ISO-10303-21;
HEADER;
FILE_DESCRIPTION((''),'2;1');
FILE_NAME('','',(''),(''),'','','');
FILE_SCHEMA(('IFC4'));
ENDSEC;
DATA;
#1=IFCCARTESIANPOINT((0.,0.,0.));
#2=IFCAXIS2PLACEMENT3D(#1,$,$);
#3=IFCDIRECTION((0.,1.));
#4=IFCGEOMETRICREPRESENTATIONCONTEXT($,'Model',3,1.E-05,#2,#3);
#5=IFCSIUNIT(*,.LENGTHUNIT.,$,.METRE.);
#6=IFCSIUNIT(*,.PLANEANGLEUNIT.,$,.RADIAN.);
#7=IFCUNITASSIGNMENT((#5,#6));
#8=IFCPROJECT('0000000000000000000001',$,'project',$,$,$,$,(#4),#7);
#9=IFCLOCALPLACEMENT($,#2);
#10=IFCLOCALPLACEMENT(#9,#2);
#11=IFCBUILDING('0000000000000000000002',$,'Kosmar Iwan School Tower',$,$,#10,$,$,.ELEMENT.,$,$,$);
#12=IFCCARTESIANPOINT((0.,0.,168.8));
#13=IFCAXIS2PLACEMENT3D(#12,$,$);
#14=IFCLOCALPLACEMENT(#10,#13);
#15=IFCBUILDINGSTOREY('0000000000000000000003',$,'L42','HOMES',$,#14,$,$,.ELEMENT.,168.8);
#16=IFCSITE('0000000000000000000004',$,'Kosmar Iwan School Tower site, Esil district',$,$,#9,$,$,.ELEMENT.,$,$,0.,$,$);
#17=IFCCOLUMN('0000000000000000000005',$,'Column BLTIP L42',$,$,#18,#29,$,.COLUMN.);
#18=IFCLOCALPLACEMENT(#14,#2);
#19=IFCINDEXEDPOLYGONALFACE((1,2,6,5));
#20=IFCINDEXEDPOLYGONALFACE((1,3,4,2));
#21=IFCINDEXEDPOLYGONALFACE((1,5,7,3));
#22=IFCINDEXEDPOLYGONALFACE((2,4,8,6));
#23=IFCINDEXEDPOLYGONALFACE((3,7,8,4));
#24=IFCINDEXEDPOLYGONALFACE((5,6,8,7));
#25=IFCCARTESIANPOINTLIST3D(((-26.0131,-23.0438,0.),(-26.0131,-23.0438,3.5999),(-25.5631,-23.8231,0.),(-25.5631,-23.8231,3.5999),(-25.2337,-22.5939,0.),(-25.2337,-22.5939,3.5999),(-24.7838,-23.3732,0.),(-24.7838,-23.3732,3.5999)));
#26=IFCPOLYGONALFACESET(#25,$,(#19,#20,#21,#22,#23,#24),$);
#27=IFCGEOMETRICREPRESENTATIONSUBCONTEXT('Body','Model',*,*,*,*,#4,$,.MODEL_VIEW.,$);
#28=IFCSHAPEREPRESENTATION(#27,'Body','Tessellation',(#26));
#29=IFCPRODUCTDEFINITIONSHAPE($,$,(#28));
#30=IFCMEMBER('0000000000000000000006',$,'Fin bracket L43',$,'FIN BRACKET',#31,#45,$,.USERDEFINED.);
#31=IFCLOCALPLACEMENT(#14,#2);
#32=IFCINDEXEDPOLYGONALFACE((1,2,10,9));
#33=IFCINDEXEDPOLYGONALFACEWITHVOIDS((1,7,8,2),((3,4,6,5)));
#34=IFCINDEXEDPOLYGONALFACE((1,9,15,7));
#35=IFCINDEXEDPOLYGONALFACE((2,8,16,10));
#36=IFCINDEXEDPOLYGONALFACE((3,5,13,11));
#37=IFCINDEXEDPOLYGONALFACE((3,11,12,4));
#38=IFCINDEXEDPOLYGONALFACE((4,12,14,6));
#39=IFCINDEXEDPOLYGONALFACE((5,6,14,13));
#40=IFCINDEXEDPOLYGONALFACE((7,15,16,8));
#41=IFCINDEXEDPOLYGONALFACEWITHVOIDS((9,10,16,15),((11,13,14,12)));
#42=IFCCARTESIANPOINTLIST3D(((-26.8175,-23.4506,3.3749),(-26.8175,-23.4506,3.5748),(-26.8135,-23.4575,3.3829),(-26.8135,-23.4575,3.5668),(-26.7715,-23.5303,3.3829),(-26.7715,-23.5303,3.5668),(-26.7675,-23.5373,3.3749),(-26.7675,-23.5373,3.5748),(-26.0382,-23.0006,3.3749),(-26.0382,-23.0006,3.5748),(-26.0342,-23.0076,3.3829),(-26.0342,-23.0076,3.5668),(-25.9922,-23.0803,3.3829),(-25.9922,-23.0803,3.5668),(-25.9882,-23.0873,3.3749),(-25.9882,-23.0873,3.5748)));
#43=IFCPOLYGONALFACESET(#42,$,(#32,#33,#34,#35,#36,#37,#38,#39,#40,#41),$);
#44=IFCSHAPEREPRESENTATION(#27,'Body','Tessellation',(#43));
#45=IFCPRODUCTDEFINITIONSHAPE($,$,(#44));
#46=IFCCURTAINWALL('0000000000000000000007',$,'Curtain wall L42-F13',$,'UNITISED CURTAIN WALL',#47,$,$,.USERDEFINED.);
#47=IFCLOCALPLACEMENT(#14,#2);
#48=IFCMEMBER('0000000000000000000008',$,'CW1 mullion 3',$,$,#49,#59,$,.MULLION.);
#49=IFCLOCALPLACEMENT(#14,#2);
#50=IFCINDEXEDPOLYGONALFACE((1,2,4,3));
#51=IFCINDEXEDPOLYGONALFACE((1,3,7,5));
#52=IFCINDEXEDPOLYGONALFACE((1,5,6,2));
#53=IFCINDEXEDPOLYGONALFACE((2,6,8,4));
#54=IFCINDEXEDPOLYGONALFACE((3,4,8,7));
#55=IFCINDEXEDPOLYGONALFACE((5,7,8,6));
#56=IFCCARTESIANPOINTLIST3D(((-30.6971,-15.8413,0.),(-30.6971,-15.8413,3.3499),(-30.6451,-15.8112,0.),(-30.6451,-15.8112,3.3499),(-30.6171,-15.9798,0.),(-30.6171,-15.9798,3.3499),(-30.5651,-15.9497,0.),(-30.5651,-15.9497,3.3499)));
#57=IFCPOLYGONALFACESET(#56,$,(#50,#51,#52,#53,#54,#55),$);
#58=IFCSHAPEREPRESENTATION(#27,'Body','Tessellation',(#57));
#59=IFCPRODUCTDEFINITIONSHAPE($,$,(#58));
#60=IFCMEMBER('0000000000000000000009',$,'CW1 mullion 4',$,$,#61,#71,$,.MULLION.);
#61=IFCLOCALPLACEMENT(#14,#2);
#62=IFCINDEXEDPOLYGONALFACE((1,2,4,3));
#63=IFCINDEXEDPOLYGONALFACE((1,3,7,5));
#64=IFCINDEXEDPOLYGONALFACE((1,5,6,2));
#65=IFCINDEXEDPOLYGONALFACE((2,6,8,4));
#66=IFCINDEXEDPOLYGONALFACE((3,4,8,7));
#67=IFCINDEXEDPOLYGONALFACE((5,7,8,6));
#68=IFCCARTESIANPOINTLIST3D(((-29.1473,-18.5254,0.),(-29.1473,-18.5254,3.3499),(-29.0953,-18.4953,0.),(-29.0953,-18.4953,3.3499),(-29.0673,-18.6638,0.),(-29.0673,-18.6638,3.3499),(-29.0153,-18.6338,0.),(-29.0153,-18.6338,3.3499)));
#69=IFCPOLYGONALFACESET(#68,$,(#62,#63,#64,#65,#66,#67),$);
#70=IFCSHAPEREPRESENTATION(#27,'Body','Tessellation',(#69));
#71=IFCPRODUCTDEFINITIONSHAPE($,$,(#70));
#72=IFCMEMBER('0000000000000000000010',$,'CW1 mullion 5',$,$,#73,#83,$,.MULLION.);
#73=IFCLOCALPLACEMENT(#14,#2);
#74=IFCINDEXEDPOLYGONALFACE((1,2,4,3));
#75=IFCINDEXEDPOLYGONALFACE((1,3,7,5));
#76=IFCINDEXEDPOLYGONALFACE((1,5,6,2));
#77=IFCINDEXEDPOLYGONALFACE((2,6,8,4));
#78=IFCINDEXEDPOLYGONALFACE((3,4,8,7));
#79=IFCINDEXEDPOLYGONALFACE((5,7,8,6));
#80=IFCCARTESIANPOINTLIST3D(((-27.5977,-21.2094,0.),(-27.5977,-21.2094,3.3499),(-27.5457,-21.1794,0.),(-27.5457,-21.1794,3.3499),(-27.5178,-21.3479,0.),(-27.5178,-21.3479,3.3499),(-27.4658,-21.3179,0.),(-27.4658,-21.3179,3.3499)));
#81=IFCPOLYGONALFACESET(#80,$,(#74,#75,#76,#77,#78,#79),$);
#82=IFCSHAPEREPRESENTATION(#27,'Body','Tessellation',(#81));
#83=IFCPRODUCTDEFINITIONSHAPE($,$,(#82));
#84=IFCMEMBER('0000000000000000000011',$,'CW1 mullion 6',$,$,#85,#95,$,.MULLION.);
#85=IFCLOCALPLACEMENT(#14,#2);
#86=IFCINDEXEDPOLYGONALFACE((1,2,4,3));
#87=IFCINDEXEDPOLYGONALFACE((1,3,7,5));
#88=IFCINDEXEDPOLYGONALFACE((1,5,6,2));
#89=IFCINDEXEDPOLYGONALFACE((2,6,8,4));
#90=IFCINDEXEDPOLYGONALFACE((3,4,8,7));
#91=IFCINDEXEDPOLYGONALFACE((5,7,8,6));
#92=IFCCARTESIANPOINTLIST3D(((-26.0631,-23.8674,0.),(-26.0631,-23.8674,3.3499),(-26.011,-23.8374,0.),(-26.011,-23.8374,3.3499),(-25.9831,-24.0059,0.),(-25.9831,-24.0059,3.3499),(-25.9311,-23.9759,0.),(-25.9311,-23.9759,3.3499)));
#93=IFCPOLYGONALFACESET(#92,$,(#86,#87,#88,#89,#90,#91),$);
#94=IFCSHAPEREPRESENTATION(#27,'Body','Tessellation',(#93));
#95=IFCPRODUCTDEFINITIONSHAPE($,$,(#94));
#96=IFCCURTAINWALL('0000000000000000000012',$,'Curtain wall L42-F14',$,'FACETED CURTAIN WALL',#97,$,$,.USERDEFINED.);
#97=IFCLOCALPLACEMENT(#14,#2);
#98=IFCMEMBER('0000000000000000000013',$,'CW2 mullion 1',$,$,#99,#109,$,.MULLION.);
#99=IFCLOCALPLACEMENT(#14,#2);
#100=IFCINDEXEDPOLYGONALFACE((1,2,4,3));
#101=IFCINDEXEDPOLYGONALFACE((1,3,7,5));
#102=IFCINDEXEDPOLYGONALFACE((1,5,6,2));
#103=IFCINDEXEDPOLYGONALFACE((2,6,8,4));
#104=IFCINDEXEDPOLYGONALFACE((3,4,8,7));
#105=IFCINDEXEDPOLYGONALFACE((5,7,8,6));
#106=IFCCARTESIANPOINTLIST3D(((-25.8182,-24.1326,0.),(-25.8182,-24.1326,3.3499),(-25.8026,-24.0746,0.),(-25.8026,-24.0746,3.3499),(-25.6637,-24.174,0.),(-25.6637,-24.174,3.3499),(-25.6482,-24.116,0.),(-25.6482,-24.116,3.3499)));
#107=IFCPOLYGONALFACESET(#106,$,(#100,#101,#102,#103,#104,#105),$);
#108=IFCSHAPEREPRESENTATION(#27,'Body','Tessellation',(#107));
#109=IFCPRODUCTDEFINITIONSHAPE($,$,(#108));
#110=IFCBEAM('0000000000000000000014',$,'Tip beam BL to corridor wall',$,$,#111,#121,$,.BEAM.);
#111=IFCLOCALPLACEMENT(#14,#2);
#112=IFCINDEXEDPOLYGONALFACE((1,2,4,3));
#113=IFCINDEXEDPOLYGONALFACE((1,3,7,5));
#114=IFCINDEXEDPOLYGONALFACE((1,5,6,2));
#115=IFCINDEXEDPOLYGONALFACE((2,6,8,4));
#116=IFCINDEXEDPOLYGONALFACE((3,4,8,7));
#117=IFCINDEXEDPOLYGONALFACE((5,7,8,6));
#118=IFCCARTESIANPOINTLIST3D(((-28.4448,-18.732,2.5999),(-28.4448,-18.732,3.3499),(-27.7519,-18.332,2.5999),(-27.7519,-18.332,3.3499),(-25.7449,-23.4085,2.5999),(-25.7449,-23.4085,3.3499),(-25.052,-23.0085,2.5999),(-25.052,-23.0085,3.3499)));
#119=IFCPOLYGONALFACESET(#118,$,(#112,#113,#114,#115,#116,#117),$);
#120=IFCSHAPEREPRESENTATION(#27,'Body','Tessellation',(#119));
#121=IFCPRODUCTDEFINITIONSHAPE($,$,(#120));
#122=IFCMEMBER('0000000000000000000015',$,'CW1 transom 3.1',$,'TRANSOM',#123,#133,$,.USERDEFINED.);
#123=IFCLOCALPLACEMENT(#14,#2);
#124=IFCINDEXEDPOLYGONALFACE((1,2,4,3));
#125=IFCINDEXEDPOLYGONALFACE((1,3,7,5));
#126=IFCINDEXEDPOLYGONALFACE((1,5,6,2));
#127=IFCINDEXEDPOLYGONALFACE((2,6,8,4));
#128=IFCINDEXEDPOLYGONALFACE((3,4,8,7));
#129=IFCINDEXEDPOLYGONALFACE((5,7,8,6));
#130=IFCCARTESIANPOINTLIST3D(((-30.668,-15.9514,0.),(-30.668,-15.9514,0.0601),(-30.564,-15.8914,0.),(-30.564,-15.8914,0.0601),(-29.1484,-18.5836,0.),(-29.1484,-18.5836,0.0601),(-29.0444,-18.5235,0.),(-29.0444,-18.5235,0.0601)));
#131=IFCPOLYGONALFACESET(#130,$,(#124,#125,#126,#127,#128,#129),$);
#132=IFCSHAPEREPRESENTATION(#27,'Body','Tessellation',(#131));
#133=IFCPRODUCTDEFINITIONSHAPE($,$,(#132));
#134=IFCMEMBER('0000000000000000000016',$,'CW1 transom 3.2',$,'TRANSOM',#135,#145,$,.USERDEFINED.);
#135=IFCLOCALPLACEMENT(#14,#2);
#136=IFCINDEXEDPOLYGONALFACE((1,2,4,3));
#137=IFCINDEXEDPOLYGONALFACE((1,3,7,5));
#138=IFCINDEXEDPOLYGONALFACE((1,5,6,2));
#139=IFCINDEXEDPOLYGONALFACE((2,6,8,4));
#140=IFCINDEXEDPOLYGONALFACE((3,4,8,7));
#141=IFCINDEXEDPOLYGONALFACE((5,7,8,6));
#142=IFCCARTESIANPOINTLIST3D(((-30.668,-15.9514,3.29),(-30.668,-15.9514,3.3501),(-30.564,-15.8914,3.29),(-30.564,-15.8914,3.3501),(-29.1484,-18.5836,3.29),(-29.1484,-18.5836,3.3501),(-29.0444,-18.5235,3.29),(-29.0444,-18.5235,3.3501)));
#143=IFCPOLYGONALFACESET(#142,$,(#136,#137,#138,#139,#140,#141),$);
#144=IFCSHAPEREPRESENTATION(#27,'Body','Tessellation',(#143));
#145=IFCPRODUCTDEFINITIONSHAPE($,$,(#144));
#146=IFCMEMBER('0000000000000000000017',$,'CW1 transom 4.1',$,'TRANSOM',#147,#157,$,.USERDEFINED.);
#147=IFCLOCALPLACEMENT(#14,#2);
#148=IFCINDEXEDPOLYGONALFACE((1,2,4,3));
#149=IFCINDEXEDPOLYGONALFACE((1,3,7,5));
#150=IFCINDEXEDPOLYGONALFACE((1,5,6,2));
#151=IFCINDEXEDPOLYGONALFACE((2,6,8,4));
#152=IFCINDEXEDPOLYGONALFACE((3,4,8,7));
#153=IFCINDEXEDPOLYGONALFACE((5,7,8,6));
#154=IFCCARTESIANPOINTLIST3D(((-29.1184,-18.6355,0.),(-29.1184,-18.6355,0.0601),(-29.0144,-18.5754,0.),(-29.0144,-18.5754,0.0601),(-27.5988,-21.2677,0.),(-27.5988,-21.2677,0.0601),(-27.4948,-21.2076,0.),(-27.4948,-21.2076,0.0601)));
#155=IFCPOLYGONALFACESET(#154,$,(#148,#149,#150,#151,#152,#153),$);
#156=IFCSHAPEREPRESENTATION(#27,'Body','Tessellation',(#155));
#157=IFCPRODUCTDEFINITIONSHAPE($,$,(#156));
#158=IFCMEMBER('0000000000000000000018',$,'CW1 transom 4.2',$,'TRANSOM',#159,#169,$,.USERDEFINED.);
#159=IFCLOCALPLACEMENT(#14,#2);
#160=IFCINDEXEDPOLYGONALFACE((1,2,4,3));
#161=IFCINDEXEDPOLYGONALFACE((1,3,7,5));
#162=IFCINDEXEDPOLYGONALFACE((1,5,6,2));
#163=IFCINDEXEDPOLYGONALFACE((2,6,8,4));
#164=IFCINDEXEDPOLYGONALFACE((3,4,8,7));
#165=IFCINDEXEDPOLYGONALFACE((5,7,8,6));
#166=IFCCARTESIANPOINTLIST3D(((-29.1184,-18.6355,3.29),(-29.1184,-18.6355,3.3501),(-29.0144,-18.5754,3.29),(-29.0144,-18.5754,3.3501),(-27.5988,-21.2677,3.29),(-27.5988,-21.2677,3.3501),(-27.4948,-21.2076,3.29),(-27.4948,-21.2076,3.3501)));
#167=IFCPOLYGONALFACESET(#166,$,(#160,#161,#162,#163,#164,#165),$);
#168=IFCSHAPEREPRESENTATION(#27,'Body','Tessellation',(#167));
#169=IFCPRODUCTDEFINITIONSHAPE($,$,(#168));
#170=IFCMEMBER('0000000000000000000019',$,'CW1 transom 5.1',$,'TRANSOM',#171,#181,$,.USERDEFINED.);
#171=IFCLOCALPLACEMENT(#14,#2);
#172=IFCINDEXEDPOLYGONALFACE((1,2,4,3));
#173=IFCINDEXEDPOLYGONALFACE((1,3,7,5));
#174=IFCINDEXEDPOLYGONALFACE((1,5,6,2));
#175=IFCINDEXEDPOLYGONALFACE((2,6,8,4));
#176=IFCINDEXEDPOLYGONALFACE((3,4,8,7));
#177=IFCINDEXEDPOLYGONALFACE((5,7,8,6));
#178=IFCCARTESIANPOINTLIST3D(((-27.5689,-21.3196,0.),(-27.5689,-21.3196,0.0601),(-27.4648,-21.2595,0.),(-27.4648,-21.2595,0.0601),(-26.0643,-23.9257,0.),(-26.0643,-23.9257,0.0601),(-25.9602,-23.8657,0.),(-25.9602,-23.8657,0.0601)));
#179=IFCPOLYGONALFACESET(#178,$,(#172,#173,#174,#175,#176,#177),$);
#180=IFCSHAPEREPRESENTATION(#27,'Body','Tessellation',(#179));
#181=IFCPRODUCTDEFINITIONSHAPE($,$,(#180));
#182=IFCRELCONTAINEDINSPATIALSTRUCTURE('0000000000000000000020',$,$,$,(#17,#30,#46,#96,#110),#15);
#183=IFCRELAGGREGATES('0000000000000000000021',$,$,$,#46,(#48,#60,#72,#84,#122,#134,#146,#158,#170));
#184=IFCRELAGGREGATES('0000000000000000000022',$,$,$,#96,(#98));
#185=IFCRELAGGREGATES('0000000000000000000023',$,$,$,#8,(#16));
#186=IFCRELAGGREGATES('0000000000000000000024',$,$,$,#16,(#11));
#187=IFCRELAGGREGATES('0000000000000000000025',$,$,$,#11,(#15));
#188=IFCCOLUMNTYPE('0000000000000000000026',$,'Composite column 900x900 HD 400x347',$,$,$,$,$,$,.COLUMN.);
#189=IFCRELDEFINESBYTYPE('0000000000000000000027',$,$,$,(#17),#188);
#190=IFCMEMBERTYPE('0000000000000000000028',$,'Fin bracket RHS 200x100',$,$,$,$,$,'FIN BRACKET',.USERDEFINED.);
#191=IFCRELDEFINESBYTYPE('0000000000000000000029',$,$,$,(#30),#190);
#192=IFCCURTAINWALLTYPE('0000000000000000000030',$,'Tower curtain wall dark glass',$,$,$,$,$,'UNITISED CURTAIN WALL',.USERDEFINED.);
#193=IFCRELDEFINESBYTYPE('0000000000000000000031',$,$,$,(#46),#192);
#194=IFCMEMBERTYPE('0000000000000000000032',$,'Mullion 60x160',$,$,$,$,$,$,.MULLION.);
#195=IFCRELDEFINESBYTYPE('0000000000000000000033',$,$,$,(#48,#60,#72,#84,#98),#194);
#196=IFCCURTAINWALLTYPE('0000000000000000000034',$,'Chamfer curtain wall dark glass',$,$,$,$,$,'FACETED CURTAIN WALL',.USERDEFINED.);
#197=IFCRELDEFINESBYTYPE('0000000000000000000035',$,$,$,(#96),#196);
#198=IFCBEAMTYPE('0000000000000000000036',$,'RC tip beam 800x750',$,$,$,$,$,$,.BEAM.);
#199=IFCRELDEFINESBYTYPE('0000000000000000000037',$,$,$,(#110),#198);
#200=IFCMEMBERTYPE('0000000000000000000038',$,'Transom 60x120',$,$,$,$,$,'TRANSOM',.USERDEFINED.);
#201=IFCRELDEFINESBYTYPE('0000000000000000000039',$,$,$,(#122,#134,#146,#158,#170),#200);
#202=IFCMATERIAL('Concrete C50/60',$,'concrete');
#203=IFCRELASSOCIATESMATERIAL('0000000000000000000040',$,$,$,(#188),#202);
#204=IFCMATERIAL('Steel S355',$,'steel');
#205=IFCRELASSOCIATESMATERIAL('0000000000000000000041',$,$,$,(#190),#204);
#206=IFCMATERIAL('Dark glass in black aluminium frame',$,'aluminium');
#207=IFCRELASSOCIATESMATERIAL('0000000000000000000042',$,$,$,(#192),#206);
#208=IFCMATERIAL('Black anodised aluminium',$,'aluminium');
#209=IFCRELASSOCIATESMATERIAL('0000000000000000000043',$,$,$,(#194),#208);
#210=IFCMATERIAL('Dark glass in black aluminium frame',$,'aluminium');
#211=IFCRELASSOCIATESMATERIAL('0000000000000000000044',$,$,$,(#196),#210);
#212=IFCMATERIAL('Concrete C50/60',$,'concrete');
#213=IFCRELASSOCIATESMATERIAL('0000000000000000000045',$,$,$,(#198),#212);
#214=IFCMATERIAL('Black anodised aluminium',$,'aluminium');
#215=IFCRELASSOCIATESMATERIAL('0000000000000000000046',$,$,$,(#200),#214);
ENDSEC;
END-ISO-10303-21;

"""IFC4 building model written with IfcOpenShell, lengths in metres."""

from ifc_helpers import new_model, si_unit, direction, frame, origin, origin_2d, place, context, subcontext, project, spatial, rectangle, hollow_rectangle, extrude, material, material_profile, profile_set, type_object, element, aggregate, save


model = new_model("IFC4")

# Units and contexts
model_context = context("Model", 3, precision=1e-05, world=origin(), true_north=direction((0.0, 1.0)))
body_context = subcontext(model_context, "Body", "Model", "MODEL_VIEW")
ifc_project = project(units=[si_unit("LENGTHUNIT", "METRE"), si_unit("PLANEANGLEUNIT", "RADIAN")], contexts=[model_context])

# Site, building, storey
site_placement = place(None, origin())
site = spatial("IfcSite", under=ifc_project, at=site_placement, Name="Kosmar Iwan School Tower site, Esil district", CompositionType="ELEMENT", RefElevation=0.0)
building_placement = place(site_placement, origin())
building = spatial("IfcBuilding", under=site, at=building_placement, Name="Kosmar Iwan School Tower", CompositionType="ELEMENT")
storey_placement = place(building_placement, frame((0.0, 0.0, 168.8)))
storey = spatial("IfcBuildingStorey", under=building, at=storey_placement, Name="L42", Description="HOMES", CompositionType="ELEMENT", Elevation=168.8)

# Column
ifc_material_1 = material(Name="Concrete C50/60", Category="concrete")
ifc_material_profile_1 = material_profile(ifc_material_1, rectangle(XDim=0.8999, YDim=0.8999, at=origin_2d()), Name="RC 900x900 + HD 400x347")
ifc_profile_set_1 = profile_set([ifc_material_profile_1], Name="Concrete C50/60")
column_type = type_object("IfcColumnType", Name="Composite column 900x900 HD 400x347", PredefinedType="COLUMN", material=ifc_profile_set_1)
column_placement = place(storey_placement, frame((-25.3984, -23.2085, 0.0), z_axis=(0.0, 0.0, 1.0), x_axis=(-0.866025, -0.5, 0.0)))
element("IfcColumn", 1, at=column_placement, inside=storey, type_object=column_type, Name="Column BLTIP L42", PredefinedType="COLUMN", context=body_context, shape_type="SweptSolid", body=[
    extrude(rectangle(XDim=0.8999, YDim=0.8999, at=origin_2d()), origin(), (0.0, 0.0, 1.0), 3.5999),
])

# Member
ifc_material_2 = material(Name="Steel S355", Category="steel")
ifc_material_profile_2 = material_profile(ifc_material_2, hollow_rectangle(XDim=0.1001, YDim=0.2, WallThickness=0.0081, at=origin_2d()), Name="RHS 200x100x8")
ifc_profile_set_2 = profile_set([ifc_material_profile_2], Name="Steel S355")
member_type_1 = type_object("IfcMemberType", Name="Fin bracket RHS 200x100", ElementType="FIN BRACKET", PredefinedType="USERDEFINED", material=ifc_profile_set_2)
member_1_placement = place(storey_placement, frame((-26.0132, -23.0439, 3.4749), z_axis=(-0.866014, -0.50002, 0.0), x_axis=(0.50002, -0.866014, 0.0)))
element("IfcMember", 2, at=member_1_placement, inside=storey, type_object=member_type_1, Name="Fin bracket L43", ObjectType="FIN BRACKET", PredefinedType="USERDEFINED", context=body_context, shape_type="SweptSolid", body=[
    extrude(hollow_rectangle(XDim=0.1001, YDim=0.2, WallThickness=0.0081, at=origin_2d()), origin(), (0.0, 0.0, 1.0), 0.8999),
])

# Curtain wall, members
ifc_material_3 = material(Name="Dark glass in black aluminium frame", Category="aluminium")
curtain_wall_type_1 = type_object("IfcCurtainWallType", Name="Tower curtain wall dark glass", ElementType="UNITISED CURTAIN WALL", PredefinedType="USERDEFINED", material=ifc_material_3)
curtain_wall_1_placement = place(storey_placement, origin())
curtain_wall_1 = element("IfcCurtainWall", 3, at=curtain_wall_1_placement, inside=storey, type_object=curtain_wall_type_1, Name="Curtain wall L42-F13", ObjectType="UNITISED CURTAIN WALL", PredefinedType="USERDEFINED")
ifc_material_4 = material(Name="Black anodised aluminium", Category="aluminium")
ifc_material_profile_3 = material_profile(ifc_material_4, rectangle(XDim=0.0601, YDim=0.1599, at=origin_2d()), Name="MULLION 60x160")
ifc_profile_set_3 = profile_set([ifc_material_profile_3], Name="Black anodised aluminium")
member_type_2 = type_object("IfcMemberType", Name="Mullion 60x160", PredefinedType="MULLION", material=ifc_profile_set_3)
member_2_placement = place(storey_placement, frame((-30.6311, -15.8955, 0.0), z_axis=(0.0, 0.0, 1.0), x_axis=(0.866025, 0.5, 0.0)))
member_2 = element("IfcMember", 4, at=member_2_placement, type_object=member_type_2, Name="CW1 mullion 3", PredefinedType="MULLION", context=body_context, shape_type="SweptSolid", body=[
    extrude(rectangle(XDim=0.0601, YDim=0.1599, at=origin_2d()), origin(), (0.0, 0.0, 1.0), 3.3499),
])
member_3_placement = place(storey_placement, frame((-29.0813, -18.5796, 0.0), z_axis=(0.0, 0.0, 1.0), x_axis=(0.866025, 0.5, 0.0)))
member_3 = element("IfcMember", 5, at=member_3_placement, type_object=member_type_2, Name="CW1 mullion 4", PredefinedType="MULLION", context=body_context, shape_type="SweptSolid", body=[
    extrude(rectangle(XDim=0.0601, YDim=0.1599, at=origin_2d()), origin(), (0.0, 0.0, 1.0), 3.3499),
])
member_4_placement = place(storey_placement, frame((-27.5317, -21.2637, 0.0), z_axis=(0.0, 0.0, 1.0), x_axis=(0.866025, 0.5, 0.0)))
member_4 = element("IfcMember", 6, at=member_4_placement, type_object=member_type_2, Name="CW1 mullion 5", PredefinedType="MULLION", context=body_context, shape_type="SweptSolid", body=[
    extrude(rectangle(XDim=0.0601, YDim=0.1599, at=origin_2d()), origin(), (0.0, 0.0, 1.0), 3.3499),
])
member_5_placement = place(storey_placement, frame((-25.9971, -23.9216, 0.0), z_axis=(0.0, 0.0, 1.0), x_axis=(0.866025, 0.5, 0.0)))
member_5 = element("IfcMember", 7, at=member_5_placement, type_object=member_type_2, Name="CW1 mullion 6", PredefinedType="MULLION", context=body_context, shape_type="SweptSolid", body=[
    extrude(rectangle(XDim=0.0601, YDim=0.1599, at=origin_2d()), origin(), (0.0, 0.0, 1.0), 3.3499),
])

# Curtain wall, member
ifc_material_5 = material(Name="Dark glass in black aluminium frame", Category="aluminium")
curtain_wall_type_2 = type_object("IfcCurtainWallType", Name="Chamfer curtain wall dark glass", ElementType="FACETED CURTAIN WALL", PredefinedType="USERDEFINED", material=ifc_material_5)
curtain_wall_2_placement = place(storey_placement, origin())
curtain_wall_2 = element("IfcCurtainWall", 8, at=curtain_wall_2_placement, inside=storey, type_object=curtain_wall_type_2, Name="Curtain wall L42-F14", ObjectType="FACETED CURTAIN WALL", PredefinedType="USERDEFINED")
member_6_placement = place(storey_placement, frame((-25.7332, -24.1243, 0.0), z_axis=(0.0, 0.0, 1.0), x_axis=(0.258819, 0.965926, 0.0)))
member_6 = element("IfcMember", 9, at=member_6_placement, type_object=member_type_2, Name="CW2 mullion 1", PredefinedType="MULLION", context=body_context, shape_type="SweptSolid", body=[
    extrude(rectangle(XDim=0.0601, YDim=0.1599, at=origin_2d()), origin(), (0.0, 0.0, 1.0), 3.3499),
])

# Beam
ifc_material_6 = material(Name="Concrete C50/60", Category="concrete")
ifc_material_profile_4 = material_profile(ifc_material_6, rectangle(XDim=0.8, YDim=0.75, at=origin_2d()), Name="RC 800x750")
ifc_profile_set_4 = profile_set([ifc_material_profile_4], Name="Concrete C50/60")
beam_type = type_object("IfcBeamType", Name="RC tip beam 800x750", PredefinedType="BEAM", material=ifc_profile_set_4)
beam_placement = place(storey_placement, frame((-25.3984, -23.2085, 2.9749), z_axis=(-0.499995, 0.866028, 0.0), x_axis=(-0.866028, -0.499995, 0.0)))
element("IfcBeam", 10, at=beam_placement, inside=storey, type_object=beam_type, Name="Tip beam BL to corridor wall", PredefinedType="BEAM", context=body_context, shape_type="SweptSolid", body=[
    extrude(rectangle(XDim=0.8, YDim=0.75, at=origin_2d()), origin(), (0.0, 0.0, 1.0), 5.3999),
])

# Members
ifc_material_7 = material(Name="Black anodised aluminium", Category="aluminium")
ifc_material_profile_5 = material_profile(ifc_material_7, rectangle(XDim=0.1201, YDim=0.0601, at=origin_2d()), Name="TRANSOM 60x120")
ifc_profile_set_5 = profile_set([ifc_material_profile_5], Name="Black anodised aluminium")
member_type_3 = type_object("IfcMemberType", Name="Transom 60x120", ElementType="TRANSOM", PredefinedType="USERDEFINED", material=ifc_profile_set_5)
member_7_placement = place(storey_placement, frame((-30.616, -15.9214, 0.03), z_axis=(0.499975, -0.86604, 0.0), x_axis=(0.86604, 0.499975, 0.0)))
member_7 = element("IfcMember", 11, at=member_7_placement, type_object=member_type_3, Name="CW1 transom 3.1", ObjectType="TRANSOM", PredefinedType="USERDEFINED", context=body_context, shape_type="SweptSolid", body=[
    extrude(rectangle(XDim=0.1201, YDim=0.0601, at=origin_2d()), origin(), (0.0, 0.0, 1.0), 3.0393),
])
member_8_placement = place(storey_placement, frame((-30.616, -15.9214, 3.3201), z_axis=(0.499975, -0.86604, 0.0), x_axis=(0.86604, 0.499975, 0.0)))
member_8 = element("IfcMember", 12, at=member_8_placement, type_object=member_type_3, Name="CW1 transom 3.2", ObjectType="TRANSOM", PredefinedType="USERDEFINED", context=body_context, shape_type="SweptSolid", body=[
    extrude(rectangle(XDim=0.1201, YDim=0.0601, at=origin_2d()), origin(), (0.0, 0.0, 1.0), 3.0393),
])
member_9_placement = place(storey_placement, frame((-29.0664, -18.6055, 0.03), z_axis=(0.499975, -0.86604, 0.0), x_axis=(0.86604, 0.499975, 0.0)))
member_9 = element("IfcMember", 13, at=member_9_placement, type_object=member_type_3, Name="CW1 transom 4.1", ObjectType="TRANSOM", PredefinedType="USERDEFINED", context=body_context, shape_type="SweptSolid", body=[
    extrude(rectangle(XDim=0.1201, YDim=0.0601, at=origin_2d()), origin(), (0.0, 0.0, 1.0), 3.0393),
])
member_10_placement = place(storey_placement, frame((-29.0664, -18.6055, 3.3201), z_axis=(0.499975, -0.86604, 0.0), x_axis=(0.86604, 0.499975, 0.0)))
member_10 = element("IfcMember", 14, at=member_10_placement, type_object=member_type_3, Name="CW1 transom 4.2", ObjectType="TRANSOM", PredefinedType="USERDEFINED", context=body_context, shape_type="SweptSolid", body=[
    extrude(rectangle(XDim=0.1201, YDim=0.0601, at=origin_2d()), origin(), (0.0, 0.0, 1.0), 3.0393),
])
member_11_placement = place(storey_placement, frame((-27.5168, -21.2896, 0.03), z_axis=(0.499987, -0.866033, 0.0), x_axis=(0.866033, 0.499987, 0.0)))
member_11 = element("IfcMember", 15, at=member_11_placement, type_object=member_type_3, Name="CW1 transom 5.1", ObjectType="TRANSOM", PredefinedType="USERDEFINED", context=body_context, shape_type="SweptSolid", body=[
    extrude(rectangle(XDim=0.1201, YDim=0.0601, at=origin_2d()), origin(), (0.0, 0.0, 1.0), 3.0093),
])

aggregate(curtain_wall_1, [member_2, member_3, member_4, member_5, member_7, member_8, member_9, member_10, member_11])
aggregate(curtain_wall_2, [member_6])

save(model, "model.ifc")
